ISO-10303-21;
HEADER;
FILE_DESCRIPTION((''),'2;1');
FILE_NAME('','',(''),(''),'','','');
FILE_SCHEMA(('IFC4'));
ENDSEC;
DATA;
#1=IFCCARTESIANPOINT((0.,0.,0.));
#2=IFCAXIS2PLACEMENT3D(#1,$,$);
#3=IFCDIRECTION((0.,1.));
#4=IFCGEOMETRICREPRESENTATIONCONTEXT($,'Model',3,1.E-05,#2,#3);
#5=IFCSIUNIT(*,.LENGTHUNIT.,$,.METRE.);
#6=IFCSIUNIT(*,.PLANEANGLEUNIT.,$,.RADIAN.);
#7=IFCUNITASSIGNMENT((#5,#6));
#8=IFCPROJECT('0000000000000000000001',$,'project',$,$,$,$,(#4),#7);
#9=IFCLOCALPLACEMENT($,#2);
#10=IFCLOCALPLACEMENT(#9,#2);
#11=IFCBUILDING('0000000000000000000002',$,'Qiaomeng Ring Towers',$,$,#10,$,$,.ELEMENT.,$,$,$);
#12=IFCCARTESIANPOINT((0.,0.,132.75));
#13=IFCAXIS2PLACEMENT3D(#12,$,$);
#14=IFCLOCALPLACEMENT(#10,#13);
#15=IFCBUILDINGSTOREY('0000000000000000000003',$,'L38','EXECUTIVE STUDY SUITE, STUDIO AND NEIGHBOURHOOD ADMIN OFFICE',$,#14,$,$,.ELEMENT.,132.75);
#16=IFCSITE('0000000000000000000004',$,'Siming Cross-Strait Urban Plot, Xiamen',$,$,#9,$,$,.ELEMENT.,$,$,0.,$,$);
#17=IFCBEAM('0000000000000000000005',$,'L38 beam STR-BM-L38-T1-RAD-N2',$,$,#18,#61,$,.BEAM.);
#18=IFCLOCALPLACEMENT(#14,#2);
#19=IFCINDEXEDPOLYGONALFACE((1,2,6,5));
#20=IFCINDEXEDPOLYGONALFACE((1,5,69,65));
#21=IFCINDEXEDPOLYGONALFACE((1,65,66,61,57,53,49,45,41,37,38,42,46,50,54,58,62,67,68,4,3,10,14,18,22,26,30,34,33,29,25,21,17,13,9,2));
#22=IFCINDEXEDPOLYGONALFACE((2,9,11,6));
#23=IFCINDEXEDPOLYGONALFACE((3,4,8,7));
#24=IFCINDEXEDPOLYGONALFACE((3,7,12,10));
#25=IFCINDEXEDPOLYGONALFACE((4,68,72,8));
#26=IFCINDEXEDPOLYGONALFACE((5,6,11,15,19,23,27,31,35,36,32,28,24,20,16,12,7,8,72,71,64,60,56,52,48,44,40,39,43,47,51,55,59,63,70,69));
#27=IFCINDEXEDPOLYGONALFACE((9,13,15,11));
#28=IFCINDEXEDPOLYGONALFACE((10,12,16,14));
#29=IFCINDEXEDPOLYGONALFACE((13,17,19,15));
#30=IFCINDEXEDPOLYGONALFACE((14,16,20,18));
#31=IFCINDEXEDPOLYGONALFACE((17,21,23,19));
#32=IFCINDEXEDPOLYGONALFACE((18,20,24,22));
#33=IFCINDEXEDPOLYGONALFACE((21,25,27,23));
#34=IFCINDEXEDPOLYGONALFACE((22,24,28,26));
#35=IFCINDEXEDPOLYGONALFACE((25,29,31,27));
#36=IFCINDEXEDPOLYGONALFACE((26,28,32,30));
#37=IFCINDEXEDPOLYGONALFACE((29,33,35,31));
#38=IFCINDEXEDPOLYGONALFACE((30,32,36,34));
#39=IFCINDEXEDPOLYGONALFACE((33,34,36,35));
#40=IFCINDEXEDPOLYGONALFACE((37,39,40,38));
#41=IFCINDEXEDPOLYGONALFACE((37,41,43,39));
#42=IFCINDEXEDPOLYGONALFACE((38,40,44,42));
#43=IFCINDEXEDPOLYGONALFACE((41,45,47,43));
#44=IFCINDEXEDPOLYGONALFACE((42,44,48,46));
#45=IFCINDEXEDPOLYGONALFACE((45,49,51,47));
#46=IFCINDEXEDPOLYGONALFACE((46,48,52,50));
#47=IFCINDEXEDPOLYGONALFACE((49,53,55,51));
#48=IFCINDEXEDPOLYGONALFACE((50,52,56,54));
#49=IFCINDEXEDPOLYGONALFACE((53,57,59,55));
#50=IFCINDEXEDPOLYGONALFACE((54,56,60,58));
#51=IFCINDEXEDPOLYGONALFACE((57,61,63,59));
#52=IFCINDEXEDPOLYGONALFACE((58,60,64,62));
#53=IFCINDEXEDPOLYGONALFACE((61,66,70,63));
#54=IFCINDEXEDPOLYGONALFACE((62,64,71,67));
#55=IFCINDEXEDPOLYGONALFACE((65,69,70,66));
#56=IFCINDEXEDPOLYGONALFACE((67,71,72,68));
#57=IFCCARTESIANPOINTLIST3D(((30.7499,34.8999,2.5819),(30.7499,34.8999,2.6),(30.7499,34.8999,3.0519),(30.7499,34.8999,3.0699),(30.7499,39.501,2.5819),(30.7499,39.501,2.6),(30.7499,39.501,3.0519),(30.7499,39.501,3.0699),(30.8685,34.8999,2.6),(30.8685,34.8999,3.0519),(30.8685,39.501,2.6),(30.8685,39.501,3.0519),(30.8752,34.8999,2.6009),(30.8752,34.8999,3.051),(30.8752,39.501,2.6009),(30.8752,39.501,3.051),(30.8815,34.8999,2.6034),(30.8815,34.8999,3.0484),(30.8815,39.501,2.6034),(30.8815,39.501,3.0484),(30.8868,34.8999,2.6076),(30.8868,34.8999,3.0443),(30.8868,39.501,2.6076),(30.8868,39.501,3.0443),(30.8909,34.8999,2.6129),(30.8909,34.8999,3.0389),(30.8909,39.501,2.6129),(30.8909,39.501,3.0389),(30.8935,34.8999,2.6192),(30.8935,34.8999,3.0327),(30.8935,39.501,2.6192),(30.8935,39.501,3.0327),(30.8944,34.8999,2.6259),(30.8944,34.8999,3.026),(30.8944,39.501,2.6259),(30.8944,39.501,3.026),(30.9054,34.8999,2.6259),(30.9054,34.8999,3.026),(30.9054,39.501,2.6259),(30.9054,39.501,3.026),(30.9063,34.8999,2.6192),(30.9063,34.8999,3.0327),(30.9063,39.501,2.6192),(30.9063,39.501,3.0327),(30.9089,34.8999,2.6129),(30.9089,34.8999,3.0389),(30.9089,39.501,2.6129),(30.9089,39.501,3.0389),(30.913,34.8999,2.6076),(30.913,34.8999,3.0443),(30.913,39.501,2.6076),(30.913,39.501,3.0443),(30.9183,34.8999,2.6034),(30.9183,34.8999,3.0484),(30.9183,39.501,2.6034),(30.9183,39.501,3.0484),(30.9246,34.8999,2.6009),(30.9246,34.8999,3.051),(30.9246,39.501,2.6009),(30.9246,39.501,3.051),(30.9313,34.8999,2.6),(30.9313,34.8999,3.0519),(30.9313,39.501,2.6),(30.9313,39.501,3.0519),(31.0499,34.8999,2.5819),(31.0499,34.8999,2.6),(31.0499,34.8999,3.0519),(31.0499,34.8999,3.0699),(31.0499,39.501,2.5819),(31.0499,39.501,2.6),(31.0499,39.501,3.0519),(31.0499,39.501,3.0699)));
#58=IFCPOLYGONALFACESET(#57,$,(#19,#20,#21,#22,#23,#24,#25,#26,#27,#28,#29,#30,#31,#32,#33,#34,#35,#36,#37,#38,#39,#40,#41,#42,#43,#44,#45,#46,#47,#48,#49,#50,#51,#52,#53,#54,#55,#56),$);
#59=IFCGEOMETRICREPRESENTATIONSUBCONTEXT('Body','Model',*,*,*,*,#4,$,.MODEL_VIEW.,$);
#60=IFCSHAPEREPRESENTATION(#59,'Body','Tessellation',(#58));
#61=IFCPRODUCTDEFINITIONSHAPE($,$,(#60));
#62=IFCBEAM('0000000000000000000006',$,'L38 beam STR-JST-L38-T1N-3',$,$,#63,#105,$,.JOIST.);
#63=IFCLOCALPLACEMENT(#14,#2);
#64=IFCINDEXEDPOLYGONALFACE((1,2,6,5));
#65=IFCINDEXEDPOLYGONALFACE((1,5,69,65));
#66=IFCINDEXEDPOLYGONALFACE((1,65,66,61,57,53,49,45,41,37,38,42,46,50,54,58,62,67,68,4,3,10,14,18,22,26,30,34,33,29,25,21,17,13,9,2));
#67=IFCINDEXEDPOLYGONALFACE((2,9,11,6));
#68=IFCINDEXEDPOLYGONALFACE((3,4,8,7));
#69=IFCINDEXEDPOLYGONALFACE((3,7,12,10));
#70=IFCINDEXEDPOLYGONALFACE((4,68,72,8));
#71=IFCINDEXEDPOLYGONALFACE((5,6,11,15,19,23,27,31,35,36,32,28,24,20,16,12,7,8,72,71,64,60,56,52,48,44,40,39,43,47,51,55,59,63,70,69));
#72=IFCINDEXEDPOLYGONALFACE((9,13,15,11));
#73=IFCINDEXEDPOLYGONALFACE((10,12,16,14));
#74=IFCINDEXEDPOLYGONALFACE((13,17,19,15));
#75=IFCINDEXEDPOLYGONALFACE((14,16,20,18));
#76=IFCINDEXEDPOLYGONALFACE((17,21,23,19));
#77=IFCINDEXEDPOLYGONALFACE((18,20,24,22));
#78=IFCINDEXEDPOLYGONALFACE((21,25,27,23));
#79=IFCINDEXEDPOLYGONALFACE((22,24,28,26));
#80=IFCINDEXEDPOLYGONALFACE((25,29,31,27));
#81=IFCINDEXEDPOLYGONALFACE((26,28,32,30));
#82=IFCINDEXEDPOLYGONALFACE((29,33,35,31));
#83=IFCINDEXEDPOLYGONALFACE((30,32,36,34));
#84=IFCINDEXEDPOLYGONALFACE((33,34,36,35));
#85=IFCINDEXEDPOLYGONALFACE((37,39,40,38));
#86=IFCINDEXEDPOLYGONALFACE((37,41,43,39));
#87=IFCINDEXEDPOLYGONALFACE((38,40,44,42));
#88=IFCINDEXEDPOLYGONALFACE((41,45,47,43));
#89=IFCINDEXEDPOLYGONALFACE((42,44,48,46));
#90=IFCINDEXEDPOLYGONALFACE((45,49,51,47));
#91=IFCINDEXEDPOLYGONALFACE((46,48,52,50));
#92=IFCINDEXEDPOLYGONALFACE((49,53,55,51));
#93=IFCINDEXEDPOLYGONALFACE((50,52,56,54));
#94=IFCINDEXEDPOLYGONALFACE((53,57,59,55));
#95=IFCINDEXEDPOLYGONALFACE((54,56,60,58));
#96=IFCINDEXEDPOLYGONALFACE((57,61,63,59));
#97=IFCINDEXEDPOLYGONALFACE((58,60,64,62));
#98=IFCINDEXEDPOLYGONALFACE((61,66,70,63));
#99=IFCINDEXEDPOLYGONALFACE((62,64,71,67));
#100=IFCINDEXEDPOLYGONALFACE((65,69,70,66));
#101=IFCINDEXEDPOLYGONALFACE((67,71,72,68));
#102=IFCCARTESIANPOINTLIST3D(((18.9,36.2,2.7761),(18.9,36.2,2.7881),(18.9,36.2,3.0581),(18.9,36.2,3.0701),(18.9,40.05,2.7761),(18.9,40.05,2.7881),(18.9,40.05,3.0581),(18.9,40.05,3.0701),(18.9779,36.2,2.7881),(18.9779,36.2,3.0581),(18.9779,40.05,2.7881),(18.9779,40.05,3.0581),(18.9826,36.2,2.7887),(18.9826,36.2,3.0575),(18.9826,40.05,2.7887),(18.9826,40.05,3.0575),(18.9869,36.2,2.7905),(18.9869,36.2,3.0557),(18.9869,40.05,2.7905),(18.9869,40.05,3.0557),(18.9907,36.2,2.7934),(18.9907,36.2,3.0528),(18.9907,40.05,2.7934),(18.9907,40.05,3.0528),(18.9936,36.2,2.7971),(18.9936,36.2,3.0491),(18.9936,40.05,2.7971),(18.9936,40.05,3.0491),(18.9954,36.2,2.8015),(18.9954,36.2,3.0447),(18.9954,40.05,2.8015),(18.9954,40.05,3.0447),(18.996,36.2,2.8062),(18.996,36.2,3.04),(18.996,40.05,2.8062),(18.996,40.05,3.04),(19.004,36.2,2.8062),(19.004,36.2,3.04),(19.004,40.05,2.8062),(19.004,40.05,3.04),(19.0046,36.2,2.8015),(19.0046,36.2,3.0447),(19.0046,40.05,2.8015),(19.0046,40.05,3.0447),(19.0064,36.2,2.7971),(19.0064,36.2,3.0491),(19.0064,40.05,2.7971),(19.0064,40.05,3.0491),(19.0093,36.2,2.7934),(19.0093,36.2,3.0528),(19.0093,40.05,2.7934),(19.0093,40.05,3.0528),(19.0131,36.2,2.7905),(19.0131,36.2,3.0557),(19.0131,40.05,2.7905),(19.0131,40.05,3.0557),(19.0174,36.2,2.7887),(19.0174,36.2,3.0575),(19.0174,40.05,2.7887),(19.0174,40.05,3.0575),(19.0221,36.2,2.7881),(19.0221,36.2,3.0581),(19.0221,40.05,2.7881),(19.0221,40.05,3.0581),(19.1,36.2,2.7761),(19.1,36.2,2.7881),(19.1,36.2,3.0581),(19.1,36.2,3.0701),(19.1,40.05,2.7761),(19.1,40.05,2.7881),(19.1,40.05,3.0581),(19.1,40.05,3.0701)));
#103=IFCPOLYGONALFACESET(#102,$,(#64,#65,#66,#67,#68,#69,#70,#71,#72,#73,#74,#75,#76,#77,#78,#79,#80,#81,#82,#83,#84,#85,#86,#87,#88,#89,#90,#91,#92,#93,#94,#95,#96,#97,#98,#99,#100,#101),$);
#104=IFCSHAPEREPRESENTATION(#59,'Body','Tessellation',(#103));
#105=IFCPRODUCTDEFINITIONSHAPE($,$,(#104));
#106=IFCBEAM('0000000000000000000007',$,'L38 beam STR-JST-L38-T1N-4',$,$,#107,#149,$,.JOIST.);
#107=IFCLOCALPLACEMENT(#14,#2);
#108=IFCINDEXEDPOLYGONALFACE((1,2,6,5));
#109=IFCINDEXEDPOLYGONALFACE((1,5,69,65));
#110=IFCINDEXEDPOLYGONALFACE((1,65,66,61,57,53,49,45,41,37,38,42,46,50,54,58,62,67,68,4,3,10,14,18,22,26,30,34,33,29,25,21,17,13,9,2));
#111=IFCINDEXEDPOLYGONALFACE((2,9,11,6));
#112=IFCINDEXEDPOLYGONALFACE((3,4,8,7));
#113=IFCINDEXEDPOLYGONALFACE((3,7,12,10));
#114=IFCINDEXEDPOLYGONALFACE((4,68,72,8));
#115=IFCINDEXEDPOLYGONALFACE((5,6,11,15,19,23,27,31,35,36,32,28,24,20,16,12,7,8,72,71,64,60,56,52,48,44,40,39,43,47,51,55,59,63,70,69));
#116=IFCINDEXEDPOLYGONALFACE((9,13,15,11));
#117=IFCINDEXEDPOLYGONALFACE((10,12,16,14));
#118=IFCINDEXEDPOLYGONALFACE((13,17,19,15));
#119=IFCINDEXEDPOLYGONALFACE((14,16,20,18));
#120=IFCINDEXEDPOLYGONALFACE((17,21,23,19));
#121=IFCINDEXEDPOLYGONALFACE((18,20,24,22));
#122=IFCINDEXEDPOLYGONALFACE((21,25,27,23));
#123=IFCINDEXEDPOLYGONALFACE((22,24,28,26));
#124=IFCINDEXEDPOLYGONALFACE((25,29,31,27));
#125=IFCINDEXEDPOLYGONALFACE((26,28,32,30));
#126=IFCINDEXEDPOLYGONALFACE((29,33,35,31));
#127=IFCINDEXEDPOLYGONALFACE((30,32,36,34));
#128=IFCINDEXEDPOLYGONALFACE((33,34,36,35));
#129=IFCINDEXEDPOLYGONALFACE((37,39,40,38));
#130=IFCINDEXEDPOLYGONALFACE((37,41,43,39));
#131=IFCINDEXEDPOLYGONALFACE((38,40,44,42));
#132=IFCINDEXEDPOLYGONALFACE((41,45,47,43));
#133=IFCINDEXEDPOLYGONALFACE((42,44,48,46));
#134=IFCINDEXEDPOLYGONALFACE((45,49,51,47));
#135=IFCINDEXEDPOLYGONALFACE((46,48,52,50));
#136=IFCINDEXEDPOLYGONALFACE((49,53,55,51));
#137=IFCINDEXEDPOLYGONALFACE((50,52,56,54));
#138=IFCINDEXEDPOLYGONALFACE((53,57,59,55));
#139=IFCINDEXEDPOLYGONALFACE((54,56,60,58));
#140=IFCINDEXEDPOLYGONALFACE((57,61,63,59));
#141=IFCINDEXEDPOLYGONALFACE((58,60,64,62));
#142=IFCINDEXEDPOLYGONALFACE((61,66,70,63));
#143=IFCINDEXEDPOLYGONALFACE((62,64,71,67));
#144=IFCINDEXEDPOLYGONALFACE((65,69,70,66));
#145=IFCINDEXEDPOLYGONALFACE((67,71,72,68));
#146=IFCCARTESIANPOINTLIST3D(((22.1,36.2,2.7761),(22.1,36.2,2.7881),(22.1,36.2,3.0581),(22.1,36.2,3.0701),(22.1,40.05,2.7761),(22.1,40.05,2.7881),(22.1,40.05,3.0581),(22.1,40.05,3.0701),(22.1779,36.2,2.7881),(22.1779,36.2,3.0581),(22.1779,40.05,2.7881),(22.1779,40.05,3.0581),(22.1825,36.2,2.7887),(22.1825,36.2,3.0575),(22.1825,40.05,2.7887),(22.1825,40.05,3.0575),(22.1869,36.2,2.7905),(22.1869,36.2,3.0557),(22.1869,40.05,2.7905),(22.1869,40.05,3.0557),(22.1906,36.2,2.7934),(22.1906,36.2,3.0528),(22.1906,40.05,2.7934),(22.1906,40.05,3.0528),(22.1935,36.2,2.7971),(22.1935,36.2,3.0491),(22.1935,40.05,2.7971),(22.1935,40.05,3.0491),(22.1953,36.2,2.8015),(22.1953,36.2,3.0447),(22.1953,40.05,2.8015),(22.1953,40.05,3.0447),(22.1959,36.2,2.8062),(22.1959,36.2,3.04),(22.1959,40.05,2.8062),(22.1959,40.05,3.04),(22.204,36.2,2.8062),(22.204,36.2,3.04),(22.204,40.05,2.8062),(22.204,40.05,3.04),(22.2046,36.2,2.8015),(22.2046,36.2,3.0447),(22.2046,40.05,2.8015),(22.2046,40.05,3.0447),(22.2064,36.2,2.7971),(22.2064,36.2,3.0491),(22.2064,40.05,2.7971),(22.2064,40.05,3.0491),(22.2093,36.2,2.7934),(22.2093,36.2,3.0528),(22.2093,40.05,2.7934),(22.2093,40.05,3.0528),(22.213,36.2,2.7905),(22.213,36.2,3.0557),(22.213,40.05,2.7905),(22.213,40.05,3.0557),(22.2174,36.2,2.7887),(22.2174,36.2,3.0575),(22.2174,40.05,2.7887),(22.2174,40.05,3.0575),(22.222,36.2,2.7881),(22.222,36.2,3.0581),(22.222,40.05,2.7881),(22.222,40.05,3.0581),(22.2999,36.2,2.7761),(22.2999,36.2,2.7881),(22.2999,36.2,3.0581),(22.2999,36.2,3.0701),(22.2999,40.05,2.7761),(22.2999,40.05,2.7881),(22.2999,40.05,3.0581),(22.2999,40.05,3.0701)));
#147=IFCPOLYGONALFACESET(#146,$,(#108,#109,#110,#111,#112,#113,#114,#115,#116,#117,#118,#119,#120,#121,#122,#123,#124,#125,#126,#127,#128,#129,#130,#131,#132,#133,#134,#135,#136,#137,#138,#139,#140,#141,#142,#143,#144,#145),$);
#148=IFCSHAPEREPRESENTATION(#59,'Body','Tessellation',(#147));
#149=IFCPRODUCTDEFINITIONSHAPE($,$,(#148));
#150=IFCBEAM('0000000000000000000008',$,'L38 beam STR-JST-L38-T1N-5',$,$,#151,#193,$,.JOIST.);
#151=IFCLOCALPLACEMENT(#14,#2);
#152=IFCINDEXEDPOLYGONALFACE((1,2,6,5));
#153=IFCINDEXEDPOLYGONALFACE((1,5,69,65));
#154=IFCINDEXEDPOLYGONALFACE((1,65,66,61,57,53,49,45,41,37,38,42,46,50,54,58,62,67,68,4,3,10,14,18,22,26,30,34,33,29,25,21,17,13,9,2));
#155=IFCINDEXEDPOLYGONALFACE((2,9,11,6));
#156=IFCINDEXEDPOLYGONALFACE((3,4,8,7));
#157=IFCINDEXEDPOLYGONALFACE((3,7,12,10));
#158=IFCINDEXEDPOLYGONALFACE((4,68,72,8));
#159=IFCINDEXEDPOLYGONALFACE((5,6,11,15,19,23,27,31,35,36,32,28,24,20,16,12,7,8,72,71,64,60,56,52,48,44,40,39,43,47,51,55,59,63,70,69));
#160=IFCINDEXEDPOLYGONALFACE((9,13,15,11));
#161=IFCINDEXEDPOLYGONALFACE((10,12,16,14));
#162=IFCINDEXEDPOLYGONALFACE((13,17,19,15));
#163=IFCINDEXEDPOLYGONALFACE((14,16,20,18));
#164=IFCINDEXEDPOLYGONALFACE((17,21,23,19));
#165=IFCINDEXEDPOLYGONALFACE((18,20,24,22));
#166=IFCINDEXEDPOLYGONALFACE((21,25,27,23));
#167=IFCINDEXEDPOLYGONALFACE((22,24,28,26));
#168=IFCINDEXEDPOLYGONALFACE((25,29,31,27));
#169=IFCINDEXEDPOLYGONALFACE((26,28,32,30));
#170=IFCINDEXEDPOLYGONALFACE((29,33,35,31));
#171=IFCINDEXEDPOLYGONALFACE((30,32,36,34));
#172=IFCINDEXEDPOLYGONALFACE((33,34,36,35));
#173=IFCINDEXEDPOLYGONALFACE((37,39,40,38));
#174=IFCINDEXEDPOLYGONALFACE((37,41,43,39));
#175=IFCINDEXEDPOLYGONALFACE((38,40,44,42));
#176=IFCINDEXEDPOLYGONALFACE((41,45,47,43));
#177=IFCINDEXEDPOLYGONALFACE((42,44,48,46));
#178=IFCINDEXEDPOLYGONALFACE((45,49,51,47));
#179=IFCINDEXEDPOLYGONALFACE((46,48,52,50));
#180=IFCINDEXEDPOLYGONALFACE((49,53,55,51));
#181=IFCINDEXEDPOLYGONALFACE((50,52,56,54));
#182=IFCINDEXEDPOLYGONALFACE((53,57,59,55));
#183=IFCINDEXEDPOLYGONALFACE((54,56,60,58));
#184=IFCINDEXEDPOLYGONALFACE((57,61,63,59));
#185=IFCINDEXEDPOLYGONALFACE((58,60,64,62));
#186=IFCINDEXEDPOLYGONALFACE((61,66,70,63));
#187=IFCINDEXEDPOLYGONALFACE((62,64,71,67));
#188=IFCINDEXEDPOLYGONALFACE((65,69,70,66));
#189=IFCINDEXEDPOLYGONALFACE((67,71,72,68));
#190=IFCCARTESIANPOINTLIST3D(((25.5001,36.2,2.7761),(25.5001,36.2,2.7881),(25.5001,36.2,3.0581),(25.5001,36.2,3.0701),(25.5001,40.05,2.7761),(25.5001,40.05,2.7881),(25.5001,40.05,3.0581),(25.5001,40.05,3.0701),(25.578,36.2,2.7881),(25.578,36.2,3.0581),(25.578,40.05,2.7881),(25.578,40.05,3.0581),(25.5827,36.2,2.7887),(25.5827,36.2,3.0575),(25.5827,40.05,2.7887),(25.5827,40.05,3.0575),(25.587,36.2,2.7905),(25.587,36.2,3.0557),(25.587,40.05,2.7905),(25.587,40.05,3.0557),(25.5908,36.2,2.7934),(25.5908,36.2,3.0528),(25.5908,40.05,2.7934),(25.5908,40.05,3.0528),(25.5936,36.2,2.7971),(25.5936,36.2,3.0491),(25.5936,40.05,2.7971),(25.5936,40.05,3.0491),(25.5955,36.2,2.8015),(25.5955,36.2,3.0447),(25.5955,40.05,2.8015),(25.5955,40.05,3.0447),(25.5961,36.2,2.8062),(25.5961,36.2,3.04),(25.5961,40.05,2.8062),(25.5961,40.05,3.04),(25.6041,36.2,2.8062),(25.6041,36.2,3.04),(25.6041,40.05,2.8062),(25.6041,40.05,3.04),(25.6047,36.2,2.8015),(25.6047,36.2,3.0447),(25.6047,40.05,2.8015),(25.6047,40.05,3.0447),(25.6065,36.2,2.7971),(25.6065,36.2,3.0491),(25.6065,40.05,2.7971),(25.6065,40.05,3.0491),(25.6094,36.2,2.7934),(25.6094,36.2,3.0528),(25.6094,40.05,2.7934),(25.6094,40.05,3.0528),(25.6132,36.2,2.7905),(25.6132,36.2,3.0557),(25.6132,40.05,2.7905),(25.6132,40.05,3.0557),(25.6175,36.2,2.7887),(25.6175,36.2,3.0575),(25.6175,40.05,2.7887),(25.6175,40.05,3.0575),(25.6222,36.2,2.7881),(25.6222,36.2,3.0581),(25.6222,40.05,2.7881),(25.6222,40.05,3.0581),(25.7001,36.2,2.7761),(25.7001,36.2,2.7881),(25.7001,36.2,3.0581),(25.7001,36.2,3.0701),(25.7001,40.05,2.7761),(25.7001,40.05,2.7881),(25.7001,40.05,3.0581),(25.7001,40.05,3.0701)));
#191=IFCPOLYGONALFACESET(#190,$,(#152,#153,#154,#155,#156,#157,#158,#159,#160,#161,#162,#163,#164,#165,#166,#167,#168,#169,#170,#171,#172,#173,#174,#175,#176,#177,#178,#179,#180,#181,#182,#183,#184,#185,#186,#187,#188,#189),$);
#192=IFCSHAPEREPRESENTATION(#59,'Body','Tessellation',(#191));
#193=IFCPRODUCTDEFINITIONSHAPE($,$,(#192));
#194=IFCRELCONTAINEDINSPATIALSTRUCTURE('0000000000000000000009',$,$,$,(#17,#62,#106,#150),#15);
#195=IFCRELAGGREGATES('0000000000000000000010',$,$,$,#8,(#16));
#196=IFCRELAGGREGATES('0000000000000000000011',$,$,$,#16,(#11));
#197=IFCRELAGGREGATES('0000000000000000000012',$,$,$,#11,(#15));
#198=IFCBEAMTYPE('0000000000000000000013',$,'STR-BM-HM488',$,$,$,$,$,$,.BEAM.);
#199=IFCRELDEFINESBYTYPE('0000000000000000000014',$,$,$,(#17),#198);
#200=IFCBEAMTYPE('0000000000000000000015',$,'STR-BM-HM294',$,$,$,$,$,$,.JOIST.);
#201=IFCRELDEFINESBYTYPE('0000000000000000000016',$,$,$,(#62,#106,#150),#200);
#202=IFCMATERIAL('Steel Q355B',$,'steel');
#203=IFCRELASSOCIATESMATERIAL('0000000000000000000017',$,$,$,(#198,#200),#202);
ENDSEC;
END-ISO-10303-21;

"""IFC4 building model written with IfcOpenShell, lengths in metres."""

from ifc_helpers import new_model, si_unit, direction, frame, origin, origin_2d, place, context, subcontext, project, spatial, i_section, extrude, source, transform, mapped, material, material_profile, profile_set, type_object, element, save


model = new_model("IFC4")

# Units and contexts
model_context = context("Model", 3, precision=1e-05, world=origin(), true_north=direction((0.0, 1.0)))
body_context = subcontext(model_context, "Body", "Model", "MODEL_VIEW")
ifc_project = project(units=[si_unit("LENGTHUNIT", "METRE"), si_unit("PLANEANGLEUNIT", "RADIAN")], contexts=[model_context])

# Site, building, storey
site_placement = place(None, origin())
site = spatial("IfcSite", under=ifc_project, at=site_placement, Name="Siming Cross-Strait Urban Plot, Xiamen", CompositionType="ELEMENT", RefElevation=0.0)
building_placement = place(site_placement, origin())
building = spatial("IfcBuilding", under=site, at=building_placement, Name="Qiaomeng Ring Towers", CompositionType="ELEMENT")
storey_placement = place(building_placement, frame((0.0, 0.0, 132.75)))
storey = spatial("IfcBuildingStorey", under=building, at=storey_placement, Name="L38", Description="EXECUTIVE STUDY SUITE, STUDIO AND NEIGHBOURHOOD ADMIN OFFICE", CompositionType="ELEMENT", Elevation=132.75)

# Beams
ifc_material_1 = material(Name="Steel Q355B", Category="steel")
ifc_material_profile_1 = material_profile(ifc_material_1, i_section(OverallWidth=0.3, OverallDepth=0.488, WebThickness=0.011, FlangeThickness=0.0181, FilletRadius=0.0259, at=origin_2d()), Name="HM 488x300x11x18")
ifc_profile_set_1 = profile_set([ifc_material_profile_1], Name="Steel Q355B")
beam_type_1 = type_object("IfcBeamType", Name="STR-BM-HM488", PredefinedType="BEAM", material=ifc_profile_set_1)
shared_shape_1 = source(origin(), body_context, "Body", "SweptSolid", [
    extrude(i_section(OverallWidth=0.3, OverallDepth=0.488, WebThickness=0.011, FlangeThickness=0.0181, FilletRadius=0.0259, at=origin_2d()), origin(), (0.0, 0.0, 1.0), 4.6011),
])
beam_1_placement = place(storey_placement, frame((30.8999, 39.501, 2.8259), z_axis=(0.0, -1.0, 0.0), x_axis=(1.0, 0.0, 0.0)))
element("IfcBeam", 1, at=beam_1_placement, inside=storey, type_object=beam_type_1, Name="L38 beam STR-BM-L38-T1-RAD-N2", PredefinedType="BEAM", context=body_context, shape_type="MappedRepresentation", body=[
    mapped(shared_shape_1, transform((0.0, 0.0, 0.0), x_axis=(1.0, 0.0, 0.0), y_axis=(0.0, 1.0, 0.0), z_axis=(0.0, 0.0, 1.0), scale=1.0)),
])
ifc_material_profile_2 = material_profile(ifc_material_1, i_section(OverallWidth=0.2, OverallDepth=0.2939, WebThickness=0.0081, FlangeThickness=0.012, FilletRadius=0.0181, at=origin_2d()), Name="HM 294x200x8x12")
ifc_profile_set_2 = profile_set([ifc_material_profile_2], Name="Steel Q355B")
beam_type_2 = type_object("IfcBeamType", Name="STR-BM-HM294", PredefinedType="JOIST", material=ifc_profile_set_2)
shared_shape_2 = source(origin(), body_context, "Body", "SweptSolid", [
    extrude(i_section(OverallWidth=0.2, OverallDepth=0.2939, WebThickness=0.0081, FlangeThickness=0.012, FilletRadius=0.0181, at=origin_2d()), origin(), (0.0, 0.0, 1.0), 3.8501),
])
for number, where, z_axis, x_axis, name in (
    (2, (19.0, 36.2, 2.9231), (0.0, 1.0, 0.0), (-1.0, 0.0, 0.0), "L38 beam STR-JST-L38-T1N-3"),
    (3, (22.2, 36.2, 2.9231), (0.0, 1.0, 0.0), (-1.0, 0.0, 0.0), "L38 beam STR-JST-L38-T1N-4"),
    (4, (25.6001, 36.2, 2.9231), (0.0, 1.0, 0.0), (-1.0, 0.0, 0.0), "L38 beam STR-JST-L38-T1N-5"),
):
    element("IfcBeam", number, at=place(storey_placement, frame(where, z_axis=z_axis, x_axis=x_axis)), inside=storey, type_object=beam_type_2, Name=name, PredefinedType="JOIST", context=body_context, shape_type="MappedRepresentation", body=[
        mapped(shared_shape_2, transform((0.0, 0.0, 0.0), x_axis=(1.0, 0.0, 0.0), y_axis=(0.0, 1.0, 0.0), z_axis=(0.0, 0.0, 1.0), scale=1.0)),
    ])

save(model, "model.ifc")
